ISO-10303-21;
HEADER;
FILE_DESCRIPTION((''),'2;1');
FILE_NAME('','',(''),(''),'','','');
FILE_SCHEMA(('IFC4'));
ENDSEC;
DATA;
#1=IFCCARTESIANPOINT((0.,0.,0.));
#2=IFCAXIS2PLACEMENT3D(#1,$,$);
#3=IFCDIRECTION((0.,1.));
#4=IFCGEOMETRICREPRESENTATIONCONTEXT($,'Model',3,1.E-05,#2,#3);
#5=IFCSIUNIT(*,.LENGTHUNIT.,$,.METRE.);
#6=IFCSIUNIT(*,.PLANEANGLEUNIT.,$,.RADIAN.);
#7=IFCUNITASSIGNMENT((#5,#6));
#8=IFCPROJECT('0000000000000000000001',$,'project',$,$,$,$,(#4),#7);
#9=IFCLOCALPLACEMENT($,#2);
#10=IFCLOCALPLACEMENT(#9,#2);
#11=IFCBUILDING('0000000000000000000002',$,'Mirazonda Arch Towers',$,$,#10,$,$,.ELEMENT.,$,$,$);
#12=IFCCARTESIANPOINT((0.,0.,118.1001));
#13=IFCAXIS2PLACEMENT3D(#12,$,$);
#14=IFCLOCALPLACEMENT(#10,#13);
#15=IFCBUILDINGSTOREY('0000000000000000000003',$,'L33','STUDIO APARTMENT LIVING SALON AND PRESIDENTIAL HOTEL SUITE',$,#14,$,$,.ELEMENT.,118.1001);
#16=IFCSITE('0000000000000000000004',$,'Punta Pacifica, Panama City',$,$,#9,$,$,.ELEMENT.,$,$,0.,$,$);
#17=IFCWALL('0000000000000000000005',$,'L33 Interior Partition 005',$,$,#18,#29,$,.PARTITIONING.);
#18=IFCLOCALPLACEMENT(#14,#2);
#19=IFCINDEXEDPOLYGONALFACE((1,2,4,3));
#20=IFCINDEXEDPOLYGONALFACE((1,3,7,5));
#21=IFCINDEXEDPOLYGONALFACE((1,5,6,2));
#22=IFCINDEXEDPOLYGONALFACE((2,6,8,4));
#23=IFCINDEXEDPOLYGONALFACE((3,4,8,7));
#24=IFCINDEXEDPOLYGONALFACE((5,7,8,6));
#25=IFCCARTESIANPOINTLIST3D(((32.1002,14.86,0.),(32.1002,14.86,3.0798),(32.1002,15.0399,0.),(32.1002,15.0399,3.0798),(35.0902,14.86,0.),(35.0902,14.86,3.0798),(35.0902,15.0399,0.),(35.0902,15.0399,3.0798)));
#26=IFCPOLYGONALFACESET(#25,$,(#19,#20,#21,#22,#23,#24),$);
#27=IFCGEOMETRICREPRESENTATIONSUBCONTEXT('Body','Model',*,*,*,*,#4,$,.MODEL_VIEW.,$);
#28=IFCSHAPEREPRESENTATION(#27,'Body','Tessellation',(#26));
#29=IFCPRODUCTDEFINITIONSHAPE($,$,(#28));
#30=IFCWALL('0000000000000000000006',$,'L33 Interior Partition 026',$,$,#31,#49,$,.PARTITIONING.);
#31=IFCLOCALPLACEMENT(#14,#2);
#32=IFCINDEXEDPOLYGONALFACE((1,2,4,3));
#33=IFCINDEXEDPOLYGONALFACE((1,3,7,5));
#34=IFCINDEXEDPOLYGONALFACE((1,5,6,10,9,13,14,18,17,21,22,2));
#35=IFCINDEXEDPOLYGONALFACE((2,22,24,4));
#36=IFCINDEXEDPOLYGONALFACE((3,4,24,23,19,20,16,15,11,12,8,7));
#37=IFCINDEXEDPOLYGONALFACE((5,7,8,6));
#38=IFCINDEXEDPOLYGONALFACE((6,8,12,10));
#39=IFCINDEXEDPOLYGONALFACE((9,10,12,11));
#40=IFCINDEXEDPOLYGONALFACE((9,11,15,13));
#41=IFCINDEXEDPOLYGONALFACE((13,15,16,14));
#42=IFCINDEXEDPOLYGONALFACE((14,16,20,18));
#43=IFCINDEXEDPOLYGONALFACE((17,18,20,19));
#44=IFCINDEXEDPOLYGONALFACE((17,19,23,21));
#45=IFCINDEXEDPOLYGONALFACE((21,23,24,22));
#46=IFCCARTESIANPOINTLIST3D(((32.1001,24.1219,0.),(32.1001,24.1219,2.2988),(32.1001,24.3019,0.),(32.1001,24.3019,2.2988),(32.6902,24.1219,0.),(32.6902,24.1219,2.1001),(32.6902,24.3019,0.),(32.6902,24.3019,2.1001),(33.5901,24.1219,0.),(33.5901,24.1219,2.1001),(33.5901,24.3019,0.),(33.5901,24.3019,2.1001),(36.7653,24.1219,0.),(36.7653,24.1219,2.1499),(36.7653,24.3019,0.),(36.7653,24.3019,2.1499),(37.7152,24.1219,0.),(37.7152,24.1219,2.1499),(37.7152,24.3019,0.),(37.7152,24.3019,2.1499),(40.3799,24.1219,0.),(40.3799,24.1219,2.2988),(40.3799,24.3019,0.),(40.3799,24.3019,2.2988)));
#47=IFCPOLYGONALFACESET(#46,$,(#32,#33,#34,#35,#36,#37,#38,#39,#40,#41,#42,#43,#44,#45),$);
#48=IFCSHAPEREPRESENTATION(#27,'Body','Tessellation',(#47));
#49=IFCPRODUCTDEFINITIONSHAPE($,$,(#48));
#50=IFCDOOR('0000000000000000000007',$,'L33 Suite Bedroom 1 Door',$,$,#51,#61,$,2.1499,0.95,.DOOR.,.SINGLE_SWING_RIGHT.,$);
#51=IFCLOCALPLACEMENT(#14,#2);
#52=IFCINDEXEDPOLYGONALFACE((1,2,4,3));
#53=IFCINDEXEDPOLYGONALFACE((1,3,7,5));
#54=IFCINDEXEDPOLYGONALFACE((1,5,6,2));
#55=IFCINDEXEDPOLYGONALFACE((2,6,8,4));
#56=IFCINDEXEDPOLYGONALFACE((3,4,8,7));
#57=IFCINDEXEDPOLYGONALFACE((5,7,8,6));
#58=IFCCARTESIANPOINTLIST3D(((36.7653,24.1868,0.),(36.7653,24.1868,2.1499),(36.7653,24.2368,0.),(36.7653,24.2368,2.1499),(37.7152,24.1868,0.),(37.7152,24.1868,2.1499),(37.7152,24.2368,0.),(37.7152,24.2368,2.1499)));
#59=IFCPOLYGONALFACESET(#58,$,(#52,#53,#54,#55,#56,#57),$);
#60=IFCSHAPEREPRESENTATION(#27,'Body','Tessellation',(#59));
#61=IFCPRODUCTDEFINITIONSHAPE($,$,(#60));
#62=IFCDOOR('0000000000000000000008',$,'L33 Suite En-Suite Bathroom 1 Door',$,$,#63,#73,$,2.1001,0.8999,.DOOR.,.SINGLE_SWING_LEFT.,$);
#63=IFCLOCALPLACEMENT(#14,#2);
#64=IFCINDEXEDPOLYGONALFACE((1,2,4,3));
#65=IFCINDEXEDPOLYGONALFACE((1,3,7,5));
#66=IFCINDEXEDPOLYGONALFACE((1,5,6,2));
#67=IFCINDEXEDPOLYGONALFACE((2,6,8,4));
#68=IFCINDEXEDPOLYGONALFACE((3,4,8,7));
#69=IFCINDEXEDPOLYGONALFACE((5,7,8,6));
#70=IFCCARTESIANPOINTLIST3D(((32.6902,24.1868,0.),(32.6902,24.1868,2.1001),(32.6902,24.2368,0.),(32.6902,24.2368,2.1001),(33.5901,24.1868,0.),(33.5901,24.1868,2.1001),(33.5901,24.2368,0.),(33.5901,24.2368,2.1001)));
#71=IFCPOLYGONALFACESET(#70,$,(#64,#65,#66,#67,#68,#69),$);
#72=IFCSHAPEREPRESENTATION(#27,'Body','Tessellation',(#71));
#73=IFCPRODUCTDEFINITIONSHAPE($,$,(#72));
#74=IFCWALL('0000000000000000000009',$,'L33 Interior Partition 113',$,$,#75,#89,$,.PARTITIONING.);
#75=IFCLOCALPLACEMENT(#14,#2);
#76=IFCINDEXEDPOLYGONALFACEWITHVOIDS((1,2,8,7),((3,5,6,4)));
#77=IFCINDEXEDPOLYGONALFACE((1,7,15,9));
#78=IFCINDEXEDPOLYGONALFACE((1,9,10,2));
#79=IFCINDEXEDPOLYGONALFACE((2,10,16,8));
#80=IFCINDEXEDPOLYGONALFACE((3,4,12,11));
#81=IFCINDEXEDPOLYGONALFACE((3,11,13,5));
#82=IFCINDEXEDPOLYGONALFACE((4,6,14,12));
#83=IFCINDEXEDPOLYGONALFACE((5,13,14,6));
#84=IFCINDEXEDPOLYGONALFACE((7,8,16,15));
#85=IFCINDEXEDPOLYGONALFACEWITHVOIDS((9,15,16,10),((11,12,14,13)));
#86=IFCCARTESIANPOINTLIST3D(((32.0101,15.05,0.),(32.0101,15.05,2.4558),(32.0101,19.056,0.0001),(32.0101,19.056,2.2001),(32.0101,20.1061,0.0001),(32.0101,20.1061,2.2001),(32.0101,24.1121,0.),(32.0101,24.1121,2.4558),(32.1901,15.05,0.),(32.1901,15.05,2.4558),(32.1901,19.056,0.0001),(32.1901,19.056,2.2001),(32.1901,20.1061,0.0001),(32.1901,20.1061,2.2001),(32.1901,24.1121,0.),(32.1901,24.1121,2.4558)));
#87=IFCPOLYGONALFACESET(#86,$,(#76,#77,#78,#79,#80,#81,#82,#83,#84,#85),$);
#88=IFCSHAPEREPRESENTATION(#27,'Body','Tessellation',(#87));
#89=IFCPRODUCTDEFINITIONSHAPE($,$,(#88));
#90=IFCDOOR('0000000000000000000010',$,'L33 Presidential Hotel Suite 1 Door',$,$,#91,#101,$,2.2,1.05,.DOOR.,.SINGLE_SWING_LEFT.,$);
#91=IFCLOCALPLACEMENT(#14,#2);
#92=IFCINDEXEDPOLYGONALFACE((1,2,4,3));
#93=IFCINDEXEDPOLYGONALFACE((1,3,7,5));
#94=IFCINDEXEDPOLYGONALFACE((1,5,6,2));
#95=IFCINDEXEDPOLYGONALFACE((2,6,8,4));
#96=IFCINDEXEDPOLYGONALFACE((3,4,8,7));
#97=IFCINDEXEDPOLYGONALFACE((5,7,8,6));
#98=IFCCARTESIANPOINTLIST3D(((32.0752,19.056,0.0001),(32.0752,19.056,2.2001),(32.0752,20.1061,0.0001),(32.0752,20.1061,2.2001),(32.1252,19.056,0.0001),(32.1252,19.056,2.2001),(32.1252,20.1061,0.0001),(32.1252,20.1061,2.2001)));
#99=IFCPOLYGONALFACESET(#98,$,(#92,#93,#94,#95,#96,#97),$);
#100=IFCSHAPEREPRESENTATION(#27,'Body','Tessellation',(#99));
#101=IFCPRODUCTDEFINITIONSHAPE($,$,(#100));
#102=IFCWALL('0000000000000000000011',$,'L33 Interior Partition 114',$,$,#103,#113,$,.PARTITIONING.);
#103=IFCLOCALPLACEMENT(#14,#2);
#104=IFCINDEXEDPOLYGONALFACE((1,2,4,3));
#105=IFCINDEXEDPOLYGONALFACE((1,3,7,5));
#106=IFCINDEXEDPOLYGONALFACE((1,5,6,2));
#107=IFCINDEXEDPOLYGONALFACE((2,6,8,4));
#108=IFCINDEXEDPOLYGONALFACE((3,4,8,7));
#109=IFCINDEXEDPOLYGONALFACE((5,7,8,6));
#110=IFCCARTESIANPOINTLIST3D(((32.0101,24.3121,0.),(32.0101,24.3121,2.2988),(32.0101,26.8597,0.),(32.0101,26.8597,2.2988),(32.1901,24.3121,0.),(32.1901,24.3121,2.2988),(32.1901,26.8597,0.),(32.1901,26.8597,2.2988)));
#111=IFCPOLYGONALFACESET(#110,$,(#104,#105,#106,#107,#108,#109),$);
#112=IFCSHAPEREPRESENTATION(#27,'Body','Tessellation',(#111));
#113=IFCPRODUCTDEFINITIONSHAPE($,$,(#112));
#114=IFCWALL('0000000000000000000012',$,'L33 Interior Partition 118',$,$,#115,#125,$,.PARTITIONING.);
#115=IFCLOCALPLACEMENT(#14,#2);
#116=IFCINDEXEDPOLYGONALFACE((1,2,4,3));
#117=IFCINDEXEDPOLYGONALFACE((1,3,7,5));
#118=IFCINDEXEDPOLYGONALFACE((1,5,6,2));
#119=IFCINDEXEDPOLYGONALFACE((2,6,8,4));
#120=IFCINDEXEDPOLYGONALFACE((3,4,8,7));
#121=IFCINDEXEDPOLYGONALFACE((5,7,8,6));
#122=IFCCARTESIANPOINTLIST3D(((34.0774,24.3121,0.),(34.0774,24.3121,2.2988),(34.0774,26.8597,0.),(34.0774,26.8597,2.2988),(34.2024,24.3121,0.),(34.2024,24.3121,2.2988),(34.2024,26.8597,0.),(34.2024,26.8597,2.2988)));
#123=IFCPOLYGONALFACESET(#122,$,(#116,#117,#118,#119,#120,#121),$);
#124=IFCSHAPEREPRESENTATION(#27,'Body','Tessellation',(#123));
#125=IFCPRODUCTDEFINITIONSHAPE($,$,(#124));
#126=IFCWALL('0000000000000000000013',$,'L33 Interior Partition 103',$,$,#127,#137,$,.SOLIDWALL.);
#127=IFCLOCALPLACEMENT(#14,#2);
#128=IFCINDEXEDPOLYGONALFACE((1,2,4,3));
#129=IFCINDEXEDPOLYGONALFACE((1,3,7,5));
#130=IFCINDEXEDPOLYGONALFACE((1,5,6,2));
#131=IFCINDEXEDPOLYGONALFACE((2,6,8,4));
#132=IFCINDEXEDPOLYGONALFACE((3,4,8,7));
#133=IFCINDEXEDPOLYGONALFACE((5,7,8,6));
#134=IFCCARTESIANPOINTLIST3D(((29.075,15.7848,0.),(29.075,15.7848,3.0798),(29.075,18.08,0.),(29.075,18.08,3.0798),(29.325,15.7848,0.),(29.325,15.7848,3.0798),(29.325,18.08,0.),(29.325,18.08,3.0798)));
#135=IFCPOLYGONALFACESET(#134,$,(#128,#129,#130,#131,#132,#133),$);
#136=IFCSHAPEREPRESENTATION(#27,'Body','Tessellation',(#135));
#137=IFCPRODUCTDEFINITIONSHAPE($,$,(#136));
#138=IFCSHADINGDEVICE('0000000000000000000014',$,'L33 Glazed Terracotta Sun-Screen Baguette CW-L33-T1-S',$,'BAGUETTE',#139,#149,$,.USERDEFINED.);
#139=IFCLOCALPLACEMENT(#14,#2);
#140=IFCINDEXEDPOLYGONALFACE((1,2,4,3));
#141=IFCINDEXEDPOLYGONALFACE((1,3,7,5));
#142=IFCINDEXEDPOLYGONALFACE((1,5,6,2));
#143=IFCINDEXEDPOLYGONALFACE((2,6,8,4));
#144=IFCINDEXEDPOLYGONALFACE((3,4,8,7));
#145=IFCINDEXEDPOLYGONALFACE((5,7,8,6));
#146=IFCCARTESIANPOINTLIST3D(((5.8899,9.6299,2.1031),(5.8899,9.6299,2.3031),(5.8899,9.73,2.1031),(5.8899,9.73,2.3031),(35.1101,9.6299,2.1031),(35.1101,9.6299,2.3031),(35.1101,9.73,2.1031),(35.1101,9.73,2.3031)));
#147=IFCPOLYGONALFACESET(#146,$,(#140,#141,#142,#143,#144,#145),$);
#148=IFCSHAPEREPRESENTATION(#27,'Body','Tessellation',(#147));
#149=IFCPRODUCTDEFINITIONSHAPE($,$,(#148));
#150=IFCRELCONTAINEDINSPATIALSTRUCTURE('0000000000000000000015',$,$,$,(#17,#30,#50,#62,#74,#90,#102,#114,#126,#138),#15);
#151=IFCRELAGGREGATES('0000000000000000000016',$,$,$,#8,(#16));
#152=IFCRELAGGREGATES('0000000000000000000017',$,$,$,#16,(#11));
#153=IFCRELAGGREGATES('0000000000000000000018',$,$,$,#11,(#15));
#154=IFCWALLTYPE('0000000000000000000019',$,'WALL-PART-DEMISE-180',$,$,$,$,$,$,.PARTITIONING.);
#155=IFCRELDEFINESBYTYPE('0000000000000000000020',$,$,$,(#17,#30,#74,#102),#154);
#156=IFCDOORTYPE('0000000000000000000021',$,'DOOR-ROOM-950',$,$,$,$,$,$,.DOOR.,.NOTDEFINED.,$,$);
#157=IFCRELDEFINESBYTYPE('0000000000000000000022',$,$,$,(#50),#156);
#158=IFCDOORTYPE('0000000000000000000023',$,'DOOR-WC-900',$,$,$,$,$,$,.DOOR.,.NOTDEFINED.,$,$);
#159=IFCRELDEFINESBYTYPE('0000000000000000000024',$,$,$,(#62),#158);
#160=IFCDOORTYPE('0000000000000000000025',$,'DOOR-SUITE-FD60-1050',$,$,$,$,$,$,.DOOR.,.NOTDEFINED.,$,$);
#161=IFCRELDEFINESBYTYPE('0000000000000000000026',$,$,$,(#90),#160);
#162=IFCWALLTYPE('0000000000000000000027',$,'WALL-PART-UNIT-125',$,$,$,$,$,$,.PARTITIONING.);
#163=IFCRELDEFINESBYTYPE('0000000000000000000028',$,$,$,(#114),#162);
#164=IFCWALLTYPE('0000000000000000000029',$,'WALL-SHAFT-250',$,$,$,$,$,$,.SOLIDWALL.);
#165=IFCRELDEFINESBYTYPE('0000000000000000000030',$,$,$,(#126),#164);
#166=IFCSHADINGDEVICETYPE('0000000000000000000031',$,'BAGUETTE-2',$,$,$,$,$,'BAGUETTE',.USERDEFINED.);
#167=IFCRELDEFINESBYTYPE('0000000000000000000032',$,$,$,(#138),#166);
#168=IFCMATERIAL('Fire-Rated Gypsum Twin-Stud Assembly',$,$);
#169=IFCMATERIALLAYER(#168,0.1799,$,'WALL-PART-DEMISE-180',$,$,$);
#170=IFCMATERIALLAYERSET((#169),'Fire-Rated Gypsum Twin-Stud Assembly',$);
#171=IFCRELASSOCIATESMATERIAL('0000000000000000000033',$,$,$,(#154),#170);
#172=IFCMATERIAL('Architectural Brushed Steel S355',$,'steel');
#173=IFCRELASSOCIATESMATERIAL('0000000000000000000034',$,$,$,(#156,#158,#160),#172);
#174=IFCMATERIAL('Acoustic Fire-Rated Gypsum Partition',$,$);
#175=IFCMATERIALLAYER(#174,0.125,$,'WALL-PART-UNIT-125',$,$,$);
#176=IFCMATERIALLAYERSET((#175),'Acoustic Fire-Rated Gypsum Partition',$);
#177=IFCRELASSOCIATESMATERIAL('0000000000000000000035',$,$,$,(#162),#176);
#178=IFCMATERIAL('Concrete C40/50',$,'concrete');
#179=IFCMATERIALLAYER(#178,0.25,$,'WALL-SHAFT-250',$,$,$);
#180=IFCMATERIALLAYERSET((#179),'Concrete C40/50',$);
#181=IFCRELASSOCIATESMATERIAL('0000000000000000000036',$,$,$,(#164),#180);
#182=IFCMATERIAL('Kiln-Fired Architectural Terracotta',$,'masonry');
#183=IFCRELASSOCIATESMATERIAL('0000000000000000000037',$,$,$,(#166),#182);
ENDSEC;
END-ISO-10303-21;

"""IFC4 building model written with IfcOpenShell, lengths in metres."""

from ifc_helpers import new_model, si_unit, direction, frame, frame_2d, origin, origin_2d, place, context, subcontext, project, spatial, rectangle, extrude, material, layer, layer_set, material_profile, profile_set, type_object, element, fill, save


model = new_model("IFC4")

# Units and contexts
model_context = context("Model", 3, precision=1e-05, world=origin(), true_north=direction((0.0, 1.0)))
body_context = subcontext(model_context, "Body", "Model", "MODEL_VIEW")
ifc_project = project(units=[si_unit("LENGTHUNIT", "METRE"), si_unit("PLANEANGLEUNIT", "RADIAN")], contexts=[model_context])

# Site, building, storey
site_placement = place(None, origin())
site = spatial("IfcSite", under=ifc_project, at=site_placement, Name="Punta Pacifica, Panama City", CompositionType="ELEMENT", RefElevation=0.0)
building_placement = place(site_placement, origin())
building = spatial("IfcBuilding", under=site, at=building_placement, Name="Mirazonda Arch Towers", CompositionType="ELEMENT")
storey_placement = place(building_placement, frame((0.0, 0.0, 118.1001)))
storey = spatial("IfcBuildingStorey", under=building, at=storey_placement, Name="L33", Description="STUDIO APARTMENT LIVING SALON AND PRESIDENTIAL HOTEL SUITE", CompositionType="ELEMENT", Elevation=118.1001)

# Wall
ifc_material_1 = material(Name="Fire-Rated Gypsum Twin-Stud Assembly")
ifc_layer_1 = layer(ifc_material_1, 0.1799, Name="WALL-PART-DEMISE-180")
ifc_layer_set_1 = layer_set([ifc_layer_1], Name="Fire-Rated Gypsum Twin-Stud Assembly")
wall_type_1 = type_object("IfcWallType", Name="WALL-PART-DEMISE-180", PredefinedType="PARTITIONING", material=ifc_layer_set_1)
wall_1_placement = place(storey_placement, frame((32.1001, 14.95, 0.0), z_axis=(0.0, 0.0, 1.0), x_axis=(1.0, 0.0, 0.0)))
element("IfcWall", 1, at=wall_1_placement, inside=storey, type_object=wall_type_1, Name="L33 Interior Partition 005", PredefinedType="PARTITIONING", context=body_context, shape_type="SweptSolid", body=[
    extrude(rectangle(XDim=2.99, YDim=0.1799, at=frame_2d((1.4951, 0.0))), origin(), (0.0, 0.0, 1.0), 3.0798),
])

# Wall, openings, doors
wall_2_placement = place(storey_placement, frame((32.1001, 24.2119, 0.0), z_axis=(0.0, 0.0, 1.0), x_axis=(1.0, 0.0, 0.0)))
wall_2 = element("IfcWall", 2, at=wall_2_placement, inside=storey, type_object=wall_type_1, Name="L33 Interior Partition 026", PredefinedType="PARTITIONING", context=body_context, shape_type="SweptSolid", body=[
    extrude(rectangle(XDim=8.2798, YDim=0.1799, at=frame_2d((4.1399, 0.0))), origin(), (0.0, 0.0, 1.0), 2.2988),
])
opening_1_placement = place(wall_2_placement, frame((4.665, 0.0, 0.0)))
opening_1 = element("IfcOpeningElement", 3, at=opening_1_placement, cuts=wall_2, PredefinedType="OPENING", context=body_context, shape_type="SweptSolid", body=[
    extrude(rectangle(XDim=0.95, YDim=2.1499, at=frame_2d((0.4751, 1.075))), frame((0.0, 0.0999, 0.0), z_axis=(0.0, -1.0, 0.0), x_axis=(1.0, 0.0, 0.0)), (0.0, 0.0, 1.0), 0.2),
])
opening_2_placement = place(wall_2_placement, frame((0.5901, 0.0, 0.0)))
opening_2 = element("IfcOpeningElement", 4, at=opening_2_placement, cuts=wall_2, PredefinedType="OPENING", context=body_context, shape_type="SweptSolid", body=[
    extrude(rectangle(XDim=0.8999, YDim=2.1001, at=frame_2d((0.45, 1.05))), frame((0.0, 0.0999, 0.0), z_axis=(0.0, -1.0, 0.0), x_axis=(1.0, 0.0, 0.0)), (0.0, 0.0, 1.0), 0.2),
])
ifc_material_2 = material(Name="Architectural Brushed Steel S355", Category="steel")
door_type_1 = type_object("IfcDoorType", Name="DOOR-ROOM-950", OperationType="NOTDEFINED", PredefinedType="DOOR", material=ifc_material_2)
door_1_placement = place(opening_1_placement, origin())
door_1 = element("IfcDoor", 5, at=door_1_placement, inside=storey, type_object=door_type_1, Name="L33 Suite Bedroom 1 Door", OperationType="SINGLE_SWING_RIGHT", OverallHeight=2.1499, OverallWidth=0.95, PredefinedType="DOOR", context=body_context, shape_type="SweptSolid", body=[
    extrude(rectangle(XDim=0.95, YDim=2.1499, at=frame_2d((0.4751, 1.075))), frame((0.0, 0.0249, 0.0), z_axis=(0.0, -1.0, 0.0), x_axis=(1.0, 0.0, 0.0)), (0.0, 0.0, 1.0), 0.05),
])
fill(opening_1, door_1)
door_type_2 = type_object("IfcDoorType", Name="DOOR-WC-900", OperationType="NOTDEFINED", PredefinedType="DOOR", material=ifc_material_2)
door_2_placement = place(opening_2_placement, origin())
door_2 = element("IfcDoor", 6, at=door_2_placement, inside=storey, type_object=door_type_2, Name="L33 Suite En-Suite Bathroom 1 Door", OperationType="SINGLE_SWING_LEFT", OverallHeight=2.1001, OverallWidth=0.8999, PredefinedType="DOOR", context=body_context, shape_type="SweptSolid", body=[
    extrude(rectangle(XDim=0.8999, YDim=2.1001, at=frame_2d((0.45, 1.05))), frame((0.0, 0.0249, 0.0), z_axis=(0.0, -1.0, 0.0), x_axis=(1.0, 0.0, 0.0)), (0.0, 0.0, 1.0), 0.05),
])
fill(opening_2, door_2)

# Wall, opening, door
wall_3_placement = place(storey_placement, frame((32.1001, 15.05, 0.0), z_axis=(0.0, 0.0, 1.0), x_axis=(0.0, 1.0, 0.0)))
wall_3 = element("IfcWall", 7, at=wall_3_placement, inside=storey, type_object=wall_type_1, Name="L33 Interior Partition 113", PredefinedType="PARTITIONING", context=body_context, shape_type="SweptSolid", body=[
    extrude(rectangle(XDim=9.062, YDim=0.1799, at=frame_2d((4.531, 0.0))), origin(), (0.0, 0.0, 1.0), 2.4558),
])
opening_3_placement = place(wall_3_placement, frame((4.0061, 0.0, 0.0)))
opening_3 = element("IfcOpeningElement", 8, at=opening_3_placement, cuts=wall_3, PredefinedType="OPENING", context=body_context, shape_type="SweptSolid", body=[
    extrude(rectangle(XDim=1.05, YDim=2.2, at=frame_2d((0.5249, 1.1001))), frame((0.0, 0.0999, 0.0), z_axis=(0.0, -1.0, 0.0), x_axis=(1.0, 0.0, 0.0)), (0.0, 0.0, 1.0), 0.2),
])
door_type_3 = type_object("IfcDoorType", Name="DOOR-SUITE-FD60-1050", OperationType="NOTDEFINED", PredefinedType="DOOR", material=ifc_material_2)
door_3_placement = place(opening_3_placement, origin())
door_3 = element("IfcDoor", 9, at=door_3_placement, inside=storey, type_object=door_type_3, Name="L33 Presidential Hotel Suite 1 Door", OperationType="SINGLE_SWING_LEFT", OverallHeight=2.2, OverallWidth=1.05, PredefinedType="DOOR", context=body_context, shape_type="SweptSolid", body=[
    extrude(rectangle(XDim=1.05, YDim=2.2, at=frame_2d((0.5249, 1.1001))), frame((0.0, 0.0249, 0.0), z_axis=(0.0, -1.0, 0.0), x_axis=(1.0, 0.0, 0.0)), (0.0, 0.0, 1.0), 0.05),
])
fill(opening_3, door_3)

# Walls
wall_4_placement = place(storey_placement, frame((32.1001, 24.312, 0.0), z_axis=(0.0, 0.0, 1.0), x_axis=(0.0, 1.0, 0.0)))
element("IfcWall", 10, at=wall_4_placement, inside=storey, type_object=wall_type_1, Name="L33 Interior Partition 114", PredefinedType="PARTITIONING", context=body_context, shape_type="SweptSolid", body=[
    extrude(rectangle(XDim=2.5476, YDim=0.1799, at=frame_2d((1.2739, 0.0))), origin(), (0.0, 0.0, 1.0), 2.2988),
])
ifc_material_3 = material(Name="Acoustic Fire-Rated Gypsum Partition")
ifc_layer_2 = layer(ifc_material_3, 0.125, Name="WALL-PART-UNIT-125")
ifc_layer_set_2 = layer_set([ifc_layer_2], Name="Acoustic Fire-Rated Gypsum Partition")
wall_type_2 = type_object("IfcWallType", Name="WALL-PART-UNIT-125", PredefinedType="PARTITIONING", material=ifc_layer_set_2)
wall_5_placement = place(storey_placement, frame((34.1399, 24.312, 0.0), z_axis=(0.0, 0.0, 1.0), x_axis=(0.0, 1.0, 0.0)))
element("IfcWall", 11, at=wall_5_placement, inside=storey, type_object=wall_type_2, Name="L33 Interior Partition 118", PredefinedType="PARTITIONING", context=body_context, shape_type="SweptSolid", body=[
    extrude(rectangle(XDim=2.5476, YDim=0.125, at=frame_2d((1.2739, 0.0))), origin(), (0.0, 0.0, 1.0), 2.2988),
])
ifc_material_4 = material(Name="Concrete C40/50", Category="concrete")
ifc_layer_3 = layer(ifc_material_4, 0.25, Name="WALL-SHAFT-250")
ifc_layer_set_3 = layer_set([ifc_layer_3], Name="Concrete C40/50")
wall_type_3 = type_object("IfcWallType", Name="WALL-SHAFT-250", PredefinedType="SOLIDWALL", material=ifc_layer_set_3)
wall_6_placement = place(storey_placement, frame((29.2, 15.7849, 0.0), z_axis=(0.0, 0.0, 1.0), x_axis=(0.0, 1.0, 0.0)))
element("IfcWall", 12, at=wall_6_placement, inside=storey, type_object=wall_type_3, Name="L33 Interior Partition 103", PredefinedType="SOLIDWALL", context=body_context, shape_type="SweptSolid", body=[
    extrude(rectangle(XDim=2.2952, YDim=0.25, at=frame_2d((1.1475, 0.0))), origin(), (0.0, 0.0, 1.0), 3.0798),
])

# Shading device
ifc_material_5 = material(Name="Kiln-Fired Architectural Terracotta", Category="masonry")
ifc_material_profile_1 = material_profile(ifc_material_5, rectangle(XDim=0.1001, YDim=0.2, at=origin_2d()), Name="TERRA-BAG-100x200")
ifc_profile_set_1 = profile_set([ifc_material_profile_1], Name="Kiln-Fired Architectural Terracotta")
shading_device_type = type_object("IfcShadingDeviceType", Name="BAGUETTE-2", ElementType="BAGUETTE", PredefinedType="USERDEFINED", material=ifc_profile_set_1)
shading_device_placement = place(storey_placement, frame((35.1101, 9.6799, 2.2031), z_axis=(-1.0, 0.0, 0.0), x_axis=(0.0, -1.0, 0.0)))
element("IfcShadingDevice", 13, at=shading_device_placement, inside=storey, type_object=shading_device_type, Name="L33 Glazed Terracotta Sun-Screen Baguette CW-L33-T1-S", ObjectType="BAGUETTE", PredefinedType="USERDEFINED", context=body_context, shape_type="SweptSolid", body=[
    extrude(rectangle(XDim=0.1001, YDim=0.2, at=origin_2d()), origin(), (0.0, 0.0, 1.0), 29.2202),
])

save(model, "model.ifc")
